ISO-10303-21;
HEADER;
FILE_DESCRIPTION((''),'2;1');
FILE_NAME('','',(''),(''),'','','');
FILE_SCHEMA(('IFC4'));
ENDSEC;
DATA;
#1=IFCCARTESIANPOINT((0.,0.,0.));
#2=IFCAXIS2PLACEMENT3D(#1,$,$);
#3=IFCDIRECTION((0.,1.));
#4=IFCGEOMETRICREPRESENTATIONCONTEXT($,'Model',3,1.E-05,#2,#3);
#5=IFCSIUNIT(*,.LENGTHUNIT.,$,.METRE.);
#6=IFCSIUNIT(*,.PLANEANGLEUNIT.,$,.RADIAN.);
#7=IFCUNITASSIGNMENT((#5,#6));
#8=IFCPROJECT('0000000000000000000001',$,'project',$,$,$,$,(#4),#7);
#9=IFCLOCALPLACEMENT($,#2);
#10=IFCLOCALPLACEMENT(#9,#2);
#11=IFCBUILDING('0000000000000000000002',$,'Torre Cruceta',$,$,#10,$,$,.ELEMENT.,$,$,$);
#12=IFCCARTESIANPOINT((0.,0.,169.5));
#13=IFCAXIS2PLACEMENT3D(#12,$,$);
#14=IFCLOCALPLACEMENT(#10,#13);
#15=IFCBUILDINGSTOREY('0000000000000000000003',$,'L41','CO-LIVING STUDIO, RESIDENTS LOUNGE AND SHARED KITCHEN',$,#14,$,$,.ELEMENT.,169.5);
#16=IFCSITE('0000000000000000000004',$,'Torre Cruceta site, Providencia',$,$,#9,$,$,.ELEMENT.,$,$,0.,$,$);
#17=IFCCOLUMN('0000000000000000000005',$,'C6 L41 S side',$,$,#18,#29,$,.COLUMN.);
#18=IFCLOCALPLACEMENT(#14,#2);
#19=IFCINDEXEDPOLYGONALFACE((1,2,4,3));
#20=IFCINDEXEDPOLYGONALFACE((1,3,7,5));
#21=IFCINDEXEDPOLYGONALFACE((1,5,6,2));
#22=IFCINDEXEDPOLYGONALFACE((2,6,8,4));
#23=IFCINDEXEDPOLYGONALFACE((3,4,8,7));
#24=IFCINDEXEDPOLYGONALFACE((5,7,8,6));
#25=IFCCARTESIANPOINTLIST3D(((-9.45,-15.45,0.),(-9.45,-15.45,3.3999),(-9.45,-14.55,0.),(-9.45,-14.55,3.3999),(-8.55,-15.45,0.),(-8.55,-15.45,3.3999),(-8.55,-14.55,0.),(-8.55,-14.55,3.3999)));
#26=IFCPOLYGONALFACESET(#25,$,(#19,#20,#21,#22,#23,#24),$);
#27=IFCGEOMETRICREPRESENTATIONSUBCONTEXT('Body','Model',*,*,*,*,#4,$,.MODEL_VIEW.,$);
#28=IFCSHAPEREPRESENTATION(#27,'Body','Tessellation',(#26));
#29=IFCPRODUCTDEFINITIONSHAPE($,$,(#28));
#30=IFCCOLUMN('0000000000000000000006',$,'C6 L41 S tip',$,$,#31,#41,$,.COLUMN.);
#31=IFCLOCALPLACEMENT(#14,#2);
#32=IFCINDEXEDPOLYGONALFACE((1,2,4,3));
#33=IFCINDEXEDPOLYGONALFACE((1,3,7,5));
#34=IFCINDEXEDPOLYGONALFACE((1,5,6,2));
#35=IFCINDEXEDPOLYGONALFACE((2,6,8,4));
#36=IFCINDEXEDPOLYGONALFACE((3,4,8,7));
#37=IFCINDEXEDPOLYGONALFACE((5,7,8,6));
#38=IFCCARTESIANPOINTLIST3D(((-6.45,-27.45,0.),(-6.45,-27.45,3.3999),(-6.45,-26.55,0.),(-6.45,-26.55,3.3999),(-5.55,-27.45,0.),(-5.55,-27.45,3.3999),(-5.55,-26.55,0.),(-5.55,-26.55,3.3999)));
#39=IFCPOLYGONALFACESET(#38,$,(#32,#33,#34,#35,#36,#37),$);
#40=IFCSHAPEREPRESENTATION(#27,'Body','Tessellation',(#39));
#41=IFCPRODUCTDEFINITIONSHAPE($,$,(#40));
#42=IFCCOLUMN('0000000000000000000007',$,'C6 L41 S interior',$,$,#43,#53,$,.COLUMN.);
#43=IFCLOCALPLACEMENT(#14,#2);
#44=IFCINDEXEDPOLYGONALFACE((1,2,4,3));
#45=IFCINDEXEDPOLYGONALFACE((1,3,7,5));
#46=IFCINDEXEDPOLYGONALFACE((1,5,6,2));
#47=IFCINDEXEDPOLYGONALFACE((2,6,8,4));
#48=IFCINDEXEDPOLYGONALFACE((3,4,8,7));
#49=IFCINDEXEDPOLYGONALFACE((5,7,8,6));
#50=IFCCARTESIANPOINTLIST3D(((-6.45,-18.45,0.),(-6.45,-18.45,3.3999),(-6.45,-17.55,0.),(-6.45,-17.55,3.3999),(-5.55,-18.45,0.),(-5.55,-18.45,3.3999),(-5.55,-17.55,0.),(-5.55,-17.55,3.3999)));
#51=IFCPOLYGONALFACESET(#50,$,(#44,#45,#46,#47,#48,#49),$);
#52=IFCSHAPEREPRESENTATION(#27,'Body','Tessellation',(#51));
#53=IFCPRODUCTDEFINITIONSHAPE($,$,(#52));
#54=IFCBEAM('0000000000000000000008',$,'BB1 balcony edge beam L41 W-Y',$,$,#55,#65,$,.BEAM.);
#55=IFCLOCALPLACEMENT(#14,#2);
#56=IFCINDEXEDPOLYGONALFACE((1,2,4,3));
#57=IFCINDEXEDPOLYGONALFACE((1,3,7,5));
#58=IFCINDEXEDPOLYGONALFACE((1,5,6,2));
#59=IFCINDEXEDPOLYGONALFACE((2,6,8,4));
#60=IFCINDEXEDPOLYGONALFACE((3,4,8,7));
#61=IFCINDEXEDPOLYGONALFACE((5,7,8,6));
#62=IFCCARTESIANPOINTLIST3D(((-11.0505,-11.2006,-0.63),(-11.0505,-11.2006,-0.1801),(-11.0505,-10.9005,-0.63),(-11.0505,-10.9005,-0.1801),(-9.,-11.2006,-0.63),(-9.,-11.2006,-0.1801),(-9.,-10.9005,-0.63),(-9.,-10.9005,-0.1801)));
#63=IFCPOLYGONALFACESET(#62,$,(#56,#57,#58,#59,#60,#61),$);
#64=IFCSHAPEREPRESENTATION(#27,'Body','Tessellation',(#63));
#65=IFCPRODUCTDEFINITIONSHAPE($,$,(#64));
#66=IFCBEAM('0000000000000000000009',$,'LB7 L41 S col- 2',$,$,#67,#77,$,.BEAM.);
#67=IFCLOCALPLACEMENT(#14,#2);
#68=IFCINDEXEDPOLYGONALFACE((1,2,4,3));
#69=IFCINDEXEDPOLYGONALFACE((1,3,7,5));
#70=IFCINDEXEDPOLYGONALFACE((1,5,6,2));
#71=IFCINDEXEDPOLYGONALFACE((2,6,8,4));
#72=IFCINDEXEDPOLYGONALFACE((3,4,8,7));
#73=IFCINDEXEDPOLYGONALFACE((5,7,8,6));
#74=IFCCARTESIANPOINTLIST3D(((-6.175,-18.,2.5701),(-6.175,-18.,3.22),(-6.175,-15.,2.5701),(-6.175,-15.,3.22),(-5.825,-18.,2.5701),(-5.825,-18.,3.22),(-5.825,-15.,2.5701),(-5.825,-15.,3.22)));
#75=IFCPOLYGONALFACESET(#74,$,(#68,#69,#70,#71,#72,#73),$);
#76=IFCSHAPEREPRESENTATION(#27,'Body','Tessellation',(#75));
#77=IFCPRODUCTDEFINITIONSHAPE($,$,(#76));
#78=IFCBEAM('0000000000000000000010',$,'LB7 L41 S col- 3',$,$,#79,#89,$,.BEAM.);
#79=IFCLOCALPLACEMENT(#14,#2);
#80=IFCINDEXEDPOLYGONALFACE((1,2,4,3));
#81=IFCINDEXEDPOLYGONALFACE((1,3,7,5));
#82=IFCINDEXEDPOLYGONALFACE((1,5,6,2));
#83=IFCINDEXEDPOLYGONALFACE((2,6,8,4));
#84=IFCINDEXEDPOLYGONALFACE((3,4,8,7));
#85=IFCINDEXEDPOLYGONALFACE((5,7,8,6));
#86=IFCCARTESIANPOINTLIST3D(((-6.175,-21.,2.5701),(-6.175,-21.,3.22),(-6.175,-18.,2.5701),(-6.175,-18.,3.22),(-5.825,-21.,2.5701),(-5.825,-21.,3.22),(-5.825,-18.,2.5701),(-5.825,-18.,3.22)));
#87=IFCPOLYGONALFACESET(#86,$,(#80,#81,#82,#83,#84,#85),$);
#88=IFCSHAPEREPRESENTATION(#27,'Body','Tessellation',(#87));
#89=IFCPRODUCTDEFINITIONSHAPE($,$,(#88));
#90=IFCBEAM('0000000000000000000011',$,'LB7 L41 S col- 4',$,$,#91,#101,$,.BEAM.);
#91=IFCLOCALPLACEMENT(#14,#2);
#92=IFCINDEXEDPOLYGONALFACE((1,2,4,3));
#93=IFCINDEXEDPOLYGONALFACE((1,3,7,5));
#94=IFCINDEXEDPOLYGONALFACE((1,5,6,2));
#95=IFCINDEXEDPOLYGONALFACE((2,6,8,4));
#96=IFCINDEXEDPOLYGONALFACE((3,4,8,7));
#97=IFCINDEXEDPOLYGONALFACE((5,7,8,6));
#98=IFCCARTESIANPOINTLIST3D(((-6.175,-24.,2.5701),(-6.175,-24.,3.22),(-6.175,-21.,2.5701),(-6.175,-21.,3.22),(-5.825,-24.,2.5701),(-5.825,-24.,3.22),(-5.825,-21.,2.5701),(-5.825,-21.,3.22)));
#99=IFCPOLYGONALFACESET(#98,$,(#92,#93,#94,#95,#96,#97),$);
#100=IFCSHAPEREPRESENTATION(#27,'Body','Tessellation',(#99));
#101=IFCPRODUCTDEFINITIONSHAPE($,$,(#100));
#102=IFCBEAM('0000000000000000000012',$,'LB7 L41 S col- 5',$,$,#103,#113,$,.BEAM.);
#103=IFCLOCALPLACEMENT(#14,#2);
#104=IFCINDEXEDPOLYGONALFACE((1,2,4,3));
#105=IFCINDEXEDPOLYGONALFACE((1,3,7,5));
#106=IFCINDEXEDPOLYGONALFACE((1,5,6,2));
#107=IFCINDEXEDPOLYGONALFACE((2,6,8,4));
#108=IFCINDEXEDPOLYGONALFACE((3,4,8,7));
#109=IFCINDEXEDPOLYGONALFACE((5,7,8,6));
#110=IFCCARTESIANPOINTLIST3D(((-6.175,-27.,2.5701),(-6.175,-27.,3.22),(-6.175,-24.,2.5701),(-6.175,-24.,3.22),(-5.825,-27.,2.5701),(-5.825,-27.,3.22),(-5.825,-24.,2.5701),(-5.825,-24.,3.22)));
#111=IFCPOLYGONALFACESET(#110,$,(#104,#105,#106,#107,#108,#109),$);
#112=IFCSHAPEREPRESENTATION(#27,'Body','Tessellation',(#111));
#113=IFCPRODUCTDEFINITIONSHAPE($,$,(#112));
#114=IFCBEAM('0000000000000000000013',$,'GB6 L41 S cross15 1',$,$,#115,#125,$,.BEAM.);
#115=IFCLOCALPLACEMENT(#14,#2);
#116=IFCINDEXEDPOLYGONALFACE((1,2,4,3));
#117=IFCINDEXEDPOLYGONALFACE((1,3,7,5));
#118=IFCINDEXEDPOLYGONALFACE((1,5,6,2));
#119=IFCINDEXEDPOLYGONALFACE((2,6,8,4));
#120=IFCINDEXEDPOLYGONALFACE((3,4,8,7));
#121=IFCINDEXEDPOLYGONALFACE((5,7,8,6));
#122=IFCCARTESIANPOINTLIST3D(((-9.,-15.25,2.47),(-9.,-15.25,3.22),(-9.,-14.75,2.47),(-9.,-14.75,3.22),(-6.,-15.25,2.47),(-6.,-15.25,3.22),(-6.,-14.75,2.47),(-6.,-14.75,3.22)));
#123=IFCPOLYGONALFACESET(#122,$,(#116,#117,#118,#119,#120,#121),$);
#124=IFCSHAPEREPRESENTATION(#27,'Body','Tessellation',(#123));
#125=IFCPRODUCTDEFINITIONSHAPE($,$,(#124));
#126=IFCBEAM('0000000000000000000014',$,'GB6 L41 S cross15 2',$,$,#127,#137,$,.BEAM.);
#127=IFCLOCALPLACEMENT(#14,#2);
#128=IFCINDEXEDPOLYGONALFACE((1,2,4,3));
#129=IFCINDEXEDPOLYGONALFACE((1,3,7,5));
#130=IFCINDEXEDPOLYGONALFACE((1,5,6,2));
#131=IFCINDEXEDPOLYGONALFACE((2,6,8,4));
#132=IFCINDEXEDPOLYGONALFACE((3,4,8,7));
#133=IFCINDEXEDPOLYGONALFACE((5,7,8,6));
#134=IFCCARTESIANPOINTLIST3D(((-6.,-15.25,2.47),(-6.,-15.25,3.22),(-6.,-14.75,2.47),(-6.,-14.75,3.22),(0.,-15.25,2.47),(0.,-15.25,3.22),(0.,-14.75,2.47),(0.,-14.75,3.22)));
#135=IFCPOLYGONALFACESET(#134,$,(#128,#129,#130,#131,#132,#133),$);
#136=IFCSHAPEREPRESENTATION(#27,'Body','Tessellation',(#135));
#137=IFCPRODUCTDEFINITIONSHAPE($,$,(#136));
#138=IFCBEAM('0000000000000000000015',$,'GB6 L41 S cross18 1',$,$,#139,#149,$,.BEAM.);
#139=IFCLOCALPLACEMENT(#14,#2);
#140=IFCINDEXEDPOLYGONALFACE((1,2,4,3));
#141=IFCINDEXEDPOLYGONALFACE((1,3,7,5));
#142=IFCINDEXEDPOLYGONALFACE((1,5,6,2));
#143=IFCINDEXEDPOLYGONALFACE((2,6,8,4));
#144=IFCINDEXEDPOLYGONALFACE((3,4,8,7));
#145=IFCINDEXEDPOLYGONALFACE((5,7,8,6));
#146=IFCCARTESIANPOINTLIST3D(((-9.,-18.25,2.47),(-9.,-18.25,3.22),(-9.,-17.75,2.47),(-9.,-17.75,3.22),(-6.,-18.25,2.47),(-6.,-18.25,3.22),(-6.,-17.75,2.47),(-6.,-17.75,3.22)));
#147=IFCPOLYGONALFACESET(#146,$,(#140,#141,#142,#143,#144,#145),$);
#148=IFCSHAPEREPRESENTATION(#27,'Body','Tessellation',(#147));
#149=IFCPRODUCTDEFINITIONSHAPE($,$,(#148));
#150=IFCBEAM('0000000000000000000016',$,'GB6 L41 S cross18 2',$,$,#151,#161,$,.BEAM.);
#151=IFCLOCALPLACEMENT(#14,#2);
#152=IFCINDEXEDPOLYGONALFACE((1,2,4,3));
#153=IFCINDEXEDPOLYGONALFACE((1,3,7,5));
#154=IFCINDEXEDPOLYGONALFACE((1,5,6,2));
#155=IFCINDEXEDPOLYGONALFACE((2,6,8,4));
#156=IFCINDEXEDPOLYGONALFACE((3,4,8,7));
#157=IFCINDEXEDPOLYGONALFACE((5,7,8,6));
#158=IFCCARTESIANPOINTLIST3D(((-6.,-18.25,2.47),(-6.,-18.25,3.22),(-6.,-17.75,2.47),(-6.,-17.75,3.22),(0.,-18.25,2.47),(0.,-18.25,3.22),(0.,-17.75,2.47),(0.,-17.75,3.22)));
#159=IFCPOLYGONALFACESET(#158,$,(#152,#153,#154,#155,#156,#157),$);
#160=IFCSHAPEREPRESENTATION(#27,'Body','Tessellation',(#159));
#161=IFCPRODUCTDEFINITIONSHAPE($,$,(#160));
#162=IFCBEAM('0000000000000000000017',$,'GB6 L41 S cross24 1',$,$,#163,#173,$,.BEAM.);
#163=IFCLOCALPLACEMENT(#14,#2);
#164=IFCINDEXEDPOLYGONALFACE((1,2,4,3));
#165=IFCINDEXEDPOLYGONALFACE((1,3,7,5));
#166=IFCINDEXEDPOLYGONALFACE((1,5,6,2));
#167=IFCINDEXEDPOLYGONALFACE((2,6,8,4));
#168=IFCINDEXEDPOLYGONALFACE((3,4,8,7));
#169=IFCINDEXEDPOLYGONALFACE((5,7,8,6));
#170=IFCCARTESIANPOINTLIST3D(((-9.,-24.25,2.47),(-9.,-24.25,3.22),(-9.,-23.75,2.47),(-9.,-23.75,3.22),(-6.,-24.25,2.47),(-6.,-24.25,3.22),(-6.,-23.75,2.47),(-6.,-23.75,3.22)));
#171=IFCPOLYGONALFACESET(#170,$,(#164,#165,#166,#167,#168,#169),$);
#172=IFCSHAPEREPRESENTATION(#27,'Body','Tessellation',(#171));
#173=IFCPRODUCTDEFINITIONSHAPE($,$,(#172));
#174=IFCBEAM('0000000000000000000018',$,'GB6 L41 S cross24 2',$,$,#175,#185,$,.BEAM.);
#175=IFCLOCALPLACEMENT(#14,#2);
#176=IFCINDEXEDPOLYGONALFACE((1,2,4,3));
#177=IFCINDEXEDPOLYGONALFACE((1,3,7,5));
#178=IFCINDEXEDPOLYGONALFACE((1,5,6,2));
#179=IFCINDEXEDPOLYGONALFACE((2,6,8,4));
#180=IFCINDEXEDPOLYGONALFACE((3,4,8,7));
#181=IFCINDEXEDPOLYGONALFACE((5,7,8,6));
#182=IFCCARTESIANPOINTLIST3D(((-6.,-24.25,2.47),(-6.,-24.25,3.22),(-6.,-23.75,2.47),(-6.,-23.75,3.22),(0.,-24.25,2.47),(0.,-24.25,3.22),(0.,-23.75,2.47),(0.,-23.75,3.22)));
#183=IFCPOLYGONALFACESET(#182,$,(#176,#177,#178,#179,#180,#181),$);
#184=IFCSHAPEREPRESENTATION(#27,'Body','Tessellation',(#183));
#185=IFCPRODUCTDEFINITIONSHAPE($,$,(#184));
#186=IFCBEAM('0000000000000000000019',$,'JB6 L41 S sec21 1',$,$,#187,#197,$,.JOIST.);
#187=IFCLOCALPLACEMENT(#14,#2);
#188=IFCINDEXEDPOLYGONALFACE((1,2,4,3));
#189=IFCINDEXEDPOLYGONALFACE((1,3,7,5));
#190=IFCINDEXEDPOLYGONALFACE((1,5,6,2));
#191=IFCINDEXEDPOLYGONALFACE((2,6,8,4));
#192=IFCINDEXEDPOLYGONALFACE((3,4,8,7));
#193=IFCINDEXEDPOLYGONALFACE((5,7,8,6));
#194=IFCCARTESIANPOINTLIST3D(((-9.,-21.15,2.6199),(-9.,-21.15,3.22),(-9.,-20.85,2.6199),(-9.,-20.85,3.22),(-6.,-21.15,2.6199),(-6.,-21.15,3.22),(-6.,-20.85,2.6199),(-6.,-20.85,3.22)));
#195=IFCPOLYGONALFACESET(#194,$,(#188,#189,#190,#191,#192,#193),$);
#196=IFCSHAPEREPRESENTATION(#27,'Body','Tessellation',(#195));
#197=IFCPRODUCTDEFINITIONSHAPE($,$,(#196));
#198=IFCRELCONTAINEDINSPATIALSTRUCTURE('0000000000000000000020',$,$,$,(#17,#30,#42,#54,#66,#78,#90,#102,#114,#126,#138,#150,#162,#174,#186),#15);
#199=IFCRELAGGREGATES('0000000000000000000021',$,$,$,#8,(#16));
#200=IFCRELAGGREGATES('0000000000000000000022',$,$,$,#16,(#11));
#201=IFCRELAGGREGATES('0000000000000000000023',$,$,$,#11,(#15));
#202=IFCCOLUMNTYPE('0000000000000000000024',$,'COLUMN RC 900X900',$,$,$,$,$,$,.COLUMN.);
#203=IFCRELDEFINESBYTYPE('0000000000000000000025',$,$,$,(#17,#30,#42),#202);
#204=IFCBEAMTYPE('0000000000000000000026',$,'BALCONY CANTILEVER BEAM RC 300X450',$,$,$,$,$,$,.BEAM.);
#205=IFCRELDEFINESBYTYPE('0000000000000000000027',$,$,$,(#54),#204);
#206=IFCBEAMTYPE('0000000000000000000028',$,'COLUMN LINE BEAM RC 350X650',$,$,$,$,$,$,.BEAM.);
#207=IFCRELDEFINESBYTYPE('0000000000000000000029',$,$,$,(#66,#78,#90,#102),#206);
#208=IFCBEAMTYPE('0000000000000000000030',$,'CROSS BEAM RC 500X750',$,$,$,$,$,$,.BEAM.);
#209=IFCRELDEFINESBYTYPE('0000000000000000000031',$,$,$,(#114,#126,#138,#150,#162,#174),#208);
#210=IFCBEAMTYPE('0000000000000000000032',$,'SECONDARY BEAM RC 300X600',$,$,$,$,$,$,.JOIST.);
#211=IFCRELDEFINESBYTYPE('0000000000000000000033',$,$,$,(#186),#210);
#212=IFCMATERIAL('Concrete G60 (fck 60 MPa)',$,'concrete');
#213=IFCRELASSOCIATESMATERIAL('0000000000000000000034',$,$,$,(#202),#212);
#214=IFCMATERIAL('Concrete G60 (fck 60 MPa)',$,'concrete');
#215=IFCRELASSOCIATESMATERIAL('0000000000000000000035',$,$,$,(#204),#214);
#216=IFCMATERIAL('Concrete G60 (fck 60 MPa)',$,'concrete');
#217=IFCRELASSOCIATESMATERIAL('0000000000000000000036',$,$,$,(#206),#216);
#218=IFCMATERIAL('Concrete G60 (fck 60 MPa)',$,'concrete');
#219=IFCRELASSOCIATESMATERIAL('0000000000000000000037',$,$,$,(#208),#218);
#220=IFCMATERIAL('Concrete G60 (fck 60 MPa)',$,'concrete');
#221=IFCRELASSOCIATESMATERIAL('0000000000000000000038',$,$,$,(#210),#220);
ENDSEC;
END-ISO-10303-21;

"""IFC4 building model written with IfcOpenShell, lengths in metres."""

from ifc_helpers import new_model, si_unit, direction, frame, origin, origin_2d, place, context, subcontext, project, spatial, rectangle, extrude, material, material_profile, profile_set, type_object, element, save


model = new_model("IFC4")

# Units and contexts
model_context = context("Model", 3, precision=1e-05, world=origin(), true_north=direction((0.0, 1.0)))
body_context = subcontext(model_context, "Body", "Model", "MODEL_VIEW")
ifc_project = project(units=[si_unit("LENGTHUNIT", "METRE"), si_unit("PLANEANGLEUNIT", "RADIAN")], contexts=[model_context])

# Site, building, storey
site_placement = place(None, origin())
site = spatial("IfcSite", under=ifc_project, at=site_placement, Name="Torre Cruceta site, Providencia", CompositionType="ELEMENT", RefElevation=0.0)
building_placement = place(site_placement, origin())
building = spatial("IfcBuilding", under=site, at=building_placement, Name="Torre Cruceta", CompositionType="ELEMENT")
storey_placement = place(building_placement, frame((0.0, 0.0, 169.5)))
storey = spatial("IfcBuildingStorey", under=building, at=storey_placement, Name="L41", Description="CO-LIVING STUDIO, RESIDENTS LOUNGE AND SHARED KITCHEN", CompositionType="ELEMENT", Elevation=169.5)

# Columns
ifc_material_1 = material(Name="Concrete G60 (fck 60 MPa)", Category="concrete")
ifc_material_profile_1 = material_profile(ifc_material_1, rectangle(XDim=0.8999, YDim=0.8999, at=origin_2d()), Name="RC 900X900")
ifc_profile_set_1 = profile_set([ifc_material_profile_1], Name="Concrete G60 (fck 60 MPa)")
column_type = type_object("IfcColumnType", Name="COLUMN RC 900X900", PredefinedType="COLUMN", material=ifc_profile_set_1)
for number, where, z_axis, x_axis, name in (
    (1, (-9.0, -15.0, 0.0), (0.0, 0.0, 1.0), (1.0, 0.0, 0.0), "C6 L41 S side"),
    (2, (-6.0, -27.0, 0.0), (0.0, 0.0, 1.0), (1.0, 0.0, 0.0), "C6 L41 S tip"),
    (3, (-6.0, -18.0, 0.0), (0.0, 0.0, 1.0), (1.0, 0.0, 0.0), "C6 L41 S interior"),
):
    element("IfcColumn", number, at=place(storey_placement, frame(where, z_axis=z_axis, x_axis=x_axis)), inside=storey, type_object=column_type, Name=name, PredefinedType="COLUMN", context=body_context, shape_type="SweptSolid", body=[
        extrude(rectangle(XDim=0.8999, YDim=0.8999, at=origin_2d()), origin(), (0.0, 0.0, 1.0), 3.3999),
    ])

# Beams
ifc_material_2 = material(Name="Concrete G60 (fck 60 MPa)", Category="concrete")
ifc_material_profile_2 = material_profile(ifc_material_2, rectangle(XDim=0.3, YDim=0.45, at=origin_2d()), Name="RC 300X450")
ifc_profile_set_2 = profile_set([ifc_material_profile_2], Name="Concrete G60 (fck 60 MPa)")
beam_type_1 = type_object("IfcBeamType", Name="BALCONY CANTILEVER BEAM RC 300X450", PredefinedType="BEAM", material=ifc_profile_set_2)
beam_1_placement = place(storey_placement, frame((-9.0, -11.0505, -0.405), z_axis=(-1.0, 0.0, 0.0), x_axis=(0.0, -1.0, 0.0)))
element("IfcBeam", 4, at=beam_1_placement, inside=storey, type_object=beam_type_1, Name="BB1 balcony edge beam L41 W-Y", PredefinedType="BEAM", context=body_context, shape_type="SweptSolid", body=[
    extrude(rectangle(XDim=0.3, YDim=0.45, at=origin_2d()), origin(), (0.0, 0.0, 1.0), 2.0505),
])
ifc_material_3 = material(Name="Concrete G60 (fck 60 MPa)", Category="concrete")
ifc_material_profile_3 = material_profile(ifc_material_3, rectangle(XDim=0.3501, YDim=0.6499, at=origin_2d()), Name="RC 350X650")
ifc_profile_set_3 = profile_set([ifc_material_profile_3], Name="Concrete G60 (fck 60 MPa)")
beam_type_2 = type_object("IfcBeamType", Name="COLUMN LINE BEAM RC 350X650", PredefinedType="BEAM", material=ifc_profile_set_3)
for number, where, z_axis, x_axis, name in (
    (5, (-6.0, -15.0, 2.895), (0.0, -1.0, 0.0), (1.0, 0.0, 0.0), "LB7 L41 S col- 2"),
    (6, (-6.0, -18.0, 2.895), (0.0, -1.0, 0.0), (1.0, 0.0, 0.0), "LB7 L41 S col- 3"),
    (7, (-6.0, -21.0, 2.895), (0.0, -1.0, 0.0), (1.0, 0.0, 0.0), "LB7 L41 S col- 4"),
    (8, (-6.0, -24.0, 2.895), (0.0, -1.0, 0.0), (1.0, 0.0, 0.0), "LB7 L41 S col- 5"),
):
    element("IfcBeam", number, at=place(storey_placement, frame(where, z_axis=z_axis, x_axis=x_axis)), inside=storey, type_object=beam_type_2, Name=name, PredefinedType="BEAM", context=body_context, shape_type="SweptSolid", body=[
        extrude(rectangle(XDim=0.3501, YDim=0.6499, at=origin_2d()), origin(), (0.0, 0.0, 1.0), 3.0),
    ])
ifc_material_4 = material(Name="Concrete G60 (fck 60 MPa)", Category="concrete")
ifc_material_profile_4 = material_profile(ifc_material_4, rectangle(XDim=0.5, YDim=0.75, at=origin_2d()), Name="RC 500X750")
ifc_profile_set_4 = profile_set([ifc_material_profile_4], Name="Concrete G60 (fck 60 MPa)")
beam_type_3 = type_object("IfcBeamType", Name="CROSS BEAM RC 500X750", PredefinedType="BEAM", material=ifc_profile_set_4)
beam_2_placement = place(storey_placement, frame((-9.0, -15.0, 2.845), z_axis=(1.0, 0.0, 0.0), x_axis=(0.0, 1.0, 0.0)))
element("IfcBeam", 9, at=beam_2_placement, inside=storey, type_object=beam_type_3, Name="GB6 L41 S cross15 1", PredefinedType="BEAM", context=body_context, shape_type="SweptSolid", body=[
    extrude(rectangle(XDim=0.5, YDim=0.75, at=origin_2d()), origin(), (0.0, 0.0, 1.0), 3.0),
])
beam_3_placement = place(storey_placement, frame((-6.0, -15.0, 2.845), z_axis=(1.0, 0.0, 0.0), x_axis=(0.0, 1.0, 0.0)))
element("IfcBeam", 10, at=beam_3_placement, inside=storey, type_object=beam_type_3, Name="GB6 L41 S cross15 2", PredefinedType="BEAM", context=body_context, shape_type="SweptSolid", body=[
    extrude(rectangle(XDim=0.5, YDim=0.75, at=origin_2d()), origin(), (0.0, 0.0, 1.0), 6.0),
])
beam_4_placement = place(storey_placement, frame((-9.0, -18.0, 2.845), z_axis=(1.0, 0.0, 0.0), x_axis=(0.0, 1.0, 0.0)))
element("IfcBeam", 11, at=beam_4_placement, inside=storey, type_object=beam_type_3, Name="GB6 L41 S cross18 1", PredefinedType="BEAM", context=body_context, shape_type="SweptSolid", body=[
    extrude(rectangle(XDim=0.5, YDim=0.75, at=origin_2d()), origin(), (0.0, 0.0, 1.0), 3.0),
])
beam_5_placement = place(storey_placement, frame((-6.0, -18.0, 2.845), z_axis=(1.0, 0.0, 0.0), x_axis=(0.0, 1.0, 0.0)))
element("IfcBeam", 12, at=beam_5_placement, inside=storey, type_object=beam_type_3, Name="GB6 L41 S cross18 2", PredefinedType="BEAM", context=body_context, shape_type="SweptSolid", body=[
    extrude(rectangle(XDim=0.5, YDim=0.75, at=origin_2d()), origin(), (0.0, 0.0, 1.0), 6.0),
])
beam_6_placement = place(storey_placement, frame((-9.0, -24.0, 2.845), z_axis=(1.0, 0.0, 0.0), x_axis=(0.0, 1.0, 0.0)))
element("IfcBeam", 13, at=beam_6_placement, inside=storey, type_object=beam_type_3, Name="GB6 L41 S cross24 1", PredefinedType="BEAM", context=body_context, shape_type="SweptSolid", body=[
    extrude(rectangle(XDim=0.5, YDim=0.75, at=origin_2d()), origin(), (0.0, 0.0, 1.0), 3.0),
])
beam_7_placement = place(storey_placement, frame((-6.0, -24.0, 2.845), z_axis=(1.0, 0.0, 0.0), x_axis=(0.0, 1.0, 0.0)))
element("IfcBeam", 14, at=beam_7_placement, inside=storey, type_object=beam_type_3, Name="GB6 L41 S cross24 2", PredefinedType="BEAM", context=body_context, shape_type="SweptSolid", body=[
    extrude(rectangle(XDim=0.5, YDim=0.75, at=origin_2d()), origin(), (0.0, 0.0, 1.0), 6.0),
])
ifc_material_5 = material(Name="Concrete G60 (fck 60 MPa)", Category="concrete")
ifc_material_profile_5 = material_profile(ifc_material_5, rectangle(XDim=0.3, YDim=0.6001, at=origin_2d()), Name="RC 300X600")
ifc_profile_set_5 = profile_set([ifc_material_profile_5], Name="Concrete G60 (fck 60 MPa)")
beam_type_4 = type_object("IfcBeamType", Name="SECONDARY BEAM RC 300X600", PredefinedType="JOIST", material=ifc_profile_set_5)
beam_8_placement = place(storey_placement, frame((-9.0, -21.0, 2.9199), z_axis=(1.0, 0.0, 0.0), x_axis=(0.0, 1.0, 0.0)))
element("IfcBeam", 15, at=beam_8_placement, inside=storey, type_object=beam_type_4, Name="JB6 L41 S sec21 1", PredefinedType="JOIST", context=body_context, shape_type="SweptSolid", body=[
    extrude(rectangle(XDim=0.3, YDim=0.6001, at=origin_2d()), origin(), (0.0, 0.0, 1.0), 3.0),
])

save(model, "model.ifc")
